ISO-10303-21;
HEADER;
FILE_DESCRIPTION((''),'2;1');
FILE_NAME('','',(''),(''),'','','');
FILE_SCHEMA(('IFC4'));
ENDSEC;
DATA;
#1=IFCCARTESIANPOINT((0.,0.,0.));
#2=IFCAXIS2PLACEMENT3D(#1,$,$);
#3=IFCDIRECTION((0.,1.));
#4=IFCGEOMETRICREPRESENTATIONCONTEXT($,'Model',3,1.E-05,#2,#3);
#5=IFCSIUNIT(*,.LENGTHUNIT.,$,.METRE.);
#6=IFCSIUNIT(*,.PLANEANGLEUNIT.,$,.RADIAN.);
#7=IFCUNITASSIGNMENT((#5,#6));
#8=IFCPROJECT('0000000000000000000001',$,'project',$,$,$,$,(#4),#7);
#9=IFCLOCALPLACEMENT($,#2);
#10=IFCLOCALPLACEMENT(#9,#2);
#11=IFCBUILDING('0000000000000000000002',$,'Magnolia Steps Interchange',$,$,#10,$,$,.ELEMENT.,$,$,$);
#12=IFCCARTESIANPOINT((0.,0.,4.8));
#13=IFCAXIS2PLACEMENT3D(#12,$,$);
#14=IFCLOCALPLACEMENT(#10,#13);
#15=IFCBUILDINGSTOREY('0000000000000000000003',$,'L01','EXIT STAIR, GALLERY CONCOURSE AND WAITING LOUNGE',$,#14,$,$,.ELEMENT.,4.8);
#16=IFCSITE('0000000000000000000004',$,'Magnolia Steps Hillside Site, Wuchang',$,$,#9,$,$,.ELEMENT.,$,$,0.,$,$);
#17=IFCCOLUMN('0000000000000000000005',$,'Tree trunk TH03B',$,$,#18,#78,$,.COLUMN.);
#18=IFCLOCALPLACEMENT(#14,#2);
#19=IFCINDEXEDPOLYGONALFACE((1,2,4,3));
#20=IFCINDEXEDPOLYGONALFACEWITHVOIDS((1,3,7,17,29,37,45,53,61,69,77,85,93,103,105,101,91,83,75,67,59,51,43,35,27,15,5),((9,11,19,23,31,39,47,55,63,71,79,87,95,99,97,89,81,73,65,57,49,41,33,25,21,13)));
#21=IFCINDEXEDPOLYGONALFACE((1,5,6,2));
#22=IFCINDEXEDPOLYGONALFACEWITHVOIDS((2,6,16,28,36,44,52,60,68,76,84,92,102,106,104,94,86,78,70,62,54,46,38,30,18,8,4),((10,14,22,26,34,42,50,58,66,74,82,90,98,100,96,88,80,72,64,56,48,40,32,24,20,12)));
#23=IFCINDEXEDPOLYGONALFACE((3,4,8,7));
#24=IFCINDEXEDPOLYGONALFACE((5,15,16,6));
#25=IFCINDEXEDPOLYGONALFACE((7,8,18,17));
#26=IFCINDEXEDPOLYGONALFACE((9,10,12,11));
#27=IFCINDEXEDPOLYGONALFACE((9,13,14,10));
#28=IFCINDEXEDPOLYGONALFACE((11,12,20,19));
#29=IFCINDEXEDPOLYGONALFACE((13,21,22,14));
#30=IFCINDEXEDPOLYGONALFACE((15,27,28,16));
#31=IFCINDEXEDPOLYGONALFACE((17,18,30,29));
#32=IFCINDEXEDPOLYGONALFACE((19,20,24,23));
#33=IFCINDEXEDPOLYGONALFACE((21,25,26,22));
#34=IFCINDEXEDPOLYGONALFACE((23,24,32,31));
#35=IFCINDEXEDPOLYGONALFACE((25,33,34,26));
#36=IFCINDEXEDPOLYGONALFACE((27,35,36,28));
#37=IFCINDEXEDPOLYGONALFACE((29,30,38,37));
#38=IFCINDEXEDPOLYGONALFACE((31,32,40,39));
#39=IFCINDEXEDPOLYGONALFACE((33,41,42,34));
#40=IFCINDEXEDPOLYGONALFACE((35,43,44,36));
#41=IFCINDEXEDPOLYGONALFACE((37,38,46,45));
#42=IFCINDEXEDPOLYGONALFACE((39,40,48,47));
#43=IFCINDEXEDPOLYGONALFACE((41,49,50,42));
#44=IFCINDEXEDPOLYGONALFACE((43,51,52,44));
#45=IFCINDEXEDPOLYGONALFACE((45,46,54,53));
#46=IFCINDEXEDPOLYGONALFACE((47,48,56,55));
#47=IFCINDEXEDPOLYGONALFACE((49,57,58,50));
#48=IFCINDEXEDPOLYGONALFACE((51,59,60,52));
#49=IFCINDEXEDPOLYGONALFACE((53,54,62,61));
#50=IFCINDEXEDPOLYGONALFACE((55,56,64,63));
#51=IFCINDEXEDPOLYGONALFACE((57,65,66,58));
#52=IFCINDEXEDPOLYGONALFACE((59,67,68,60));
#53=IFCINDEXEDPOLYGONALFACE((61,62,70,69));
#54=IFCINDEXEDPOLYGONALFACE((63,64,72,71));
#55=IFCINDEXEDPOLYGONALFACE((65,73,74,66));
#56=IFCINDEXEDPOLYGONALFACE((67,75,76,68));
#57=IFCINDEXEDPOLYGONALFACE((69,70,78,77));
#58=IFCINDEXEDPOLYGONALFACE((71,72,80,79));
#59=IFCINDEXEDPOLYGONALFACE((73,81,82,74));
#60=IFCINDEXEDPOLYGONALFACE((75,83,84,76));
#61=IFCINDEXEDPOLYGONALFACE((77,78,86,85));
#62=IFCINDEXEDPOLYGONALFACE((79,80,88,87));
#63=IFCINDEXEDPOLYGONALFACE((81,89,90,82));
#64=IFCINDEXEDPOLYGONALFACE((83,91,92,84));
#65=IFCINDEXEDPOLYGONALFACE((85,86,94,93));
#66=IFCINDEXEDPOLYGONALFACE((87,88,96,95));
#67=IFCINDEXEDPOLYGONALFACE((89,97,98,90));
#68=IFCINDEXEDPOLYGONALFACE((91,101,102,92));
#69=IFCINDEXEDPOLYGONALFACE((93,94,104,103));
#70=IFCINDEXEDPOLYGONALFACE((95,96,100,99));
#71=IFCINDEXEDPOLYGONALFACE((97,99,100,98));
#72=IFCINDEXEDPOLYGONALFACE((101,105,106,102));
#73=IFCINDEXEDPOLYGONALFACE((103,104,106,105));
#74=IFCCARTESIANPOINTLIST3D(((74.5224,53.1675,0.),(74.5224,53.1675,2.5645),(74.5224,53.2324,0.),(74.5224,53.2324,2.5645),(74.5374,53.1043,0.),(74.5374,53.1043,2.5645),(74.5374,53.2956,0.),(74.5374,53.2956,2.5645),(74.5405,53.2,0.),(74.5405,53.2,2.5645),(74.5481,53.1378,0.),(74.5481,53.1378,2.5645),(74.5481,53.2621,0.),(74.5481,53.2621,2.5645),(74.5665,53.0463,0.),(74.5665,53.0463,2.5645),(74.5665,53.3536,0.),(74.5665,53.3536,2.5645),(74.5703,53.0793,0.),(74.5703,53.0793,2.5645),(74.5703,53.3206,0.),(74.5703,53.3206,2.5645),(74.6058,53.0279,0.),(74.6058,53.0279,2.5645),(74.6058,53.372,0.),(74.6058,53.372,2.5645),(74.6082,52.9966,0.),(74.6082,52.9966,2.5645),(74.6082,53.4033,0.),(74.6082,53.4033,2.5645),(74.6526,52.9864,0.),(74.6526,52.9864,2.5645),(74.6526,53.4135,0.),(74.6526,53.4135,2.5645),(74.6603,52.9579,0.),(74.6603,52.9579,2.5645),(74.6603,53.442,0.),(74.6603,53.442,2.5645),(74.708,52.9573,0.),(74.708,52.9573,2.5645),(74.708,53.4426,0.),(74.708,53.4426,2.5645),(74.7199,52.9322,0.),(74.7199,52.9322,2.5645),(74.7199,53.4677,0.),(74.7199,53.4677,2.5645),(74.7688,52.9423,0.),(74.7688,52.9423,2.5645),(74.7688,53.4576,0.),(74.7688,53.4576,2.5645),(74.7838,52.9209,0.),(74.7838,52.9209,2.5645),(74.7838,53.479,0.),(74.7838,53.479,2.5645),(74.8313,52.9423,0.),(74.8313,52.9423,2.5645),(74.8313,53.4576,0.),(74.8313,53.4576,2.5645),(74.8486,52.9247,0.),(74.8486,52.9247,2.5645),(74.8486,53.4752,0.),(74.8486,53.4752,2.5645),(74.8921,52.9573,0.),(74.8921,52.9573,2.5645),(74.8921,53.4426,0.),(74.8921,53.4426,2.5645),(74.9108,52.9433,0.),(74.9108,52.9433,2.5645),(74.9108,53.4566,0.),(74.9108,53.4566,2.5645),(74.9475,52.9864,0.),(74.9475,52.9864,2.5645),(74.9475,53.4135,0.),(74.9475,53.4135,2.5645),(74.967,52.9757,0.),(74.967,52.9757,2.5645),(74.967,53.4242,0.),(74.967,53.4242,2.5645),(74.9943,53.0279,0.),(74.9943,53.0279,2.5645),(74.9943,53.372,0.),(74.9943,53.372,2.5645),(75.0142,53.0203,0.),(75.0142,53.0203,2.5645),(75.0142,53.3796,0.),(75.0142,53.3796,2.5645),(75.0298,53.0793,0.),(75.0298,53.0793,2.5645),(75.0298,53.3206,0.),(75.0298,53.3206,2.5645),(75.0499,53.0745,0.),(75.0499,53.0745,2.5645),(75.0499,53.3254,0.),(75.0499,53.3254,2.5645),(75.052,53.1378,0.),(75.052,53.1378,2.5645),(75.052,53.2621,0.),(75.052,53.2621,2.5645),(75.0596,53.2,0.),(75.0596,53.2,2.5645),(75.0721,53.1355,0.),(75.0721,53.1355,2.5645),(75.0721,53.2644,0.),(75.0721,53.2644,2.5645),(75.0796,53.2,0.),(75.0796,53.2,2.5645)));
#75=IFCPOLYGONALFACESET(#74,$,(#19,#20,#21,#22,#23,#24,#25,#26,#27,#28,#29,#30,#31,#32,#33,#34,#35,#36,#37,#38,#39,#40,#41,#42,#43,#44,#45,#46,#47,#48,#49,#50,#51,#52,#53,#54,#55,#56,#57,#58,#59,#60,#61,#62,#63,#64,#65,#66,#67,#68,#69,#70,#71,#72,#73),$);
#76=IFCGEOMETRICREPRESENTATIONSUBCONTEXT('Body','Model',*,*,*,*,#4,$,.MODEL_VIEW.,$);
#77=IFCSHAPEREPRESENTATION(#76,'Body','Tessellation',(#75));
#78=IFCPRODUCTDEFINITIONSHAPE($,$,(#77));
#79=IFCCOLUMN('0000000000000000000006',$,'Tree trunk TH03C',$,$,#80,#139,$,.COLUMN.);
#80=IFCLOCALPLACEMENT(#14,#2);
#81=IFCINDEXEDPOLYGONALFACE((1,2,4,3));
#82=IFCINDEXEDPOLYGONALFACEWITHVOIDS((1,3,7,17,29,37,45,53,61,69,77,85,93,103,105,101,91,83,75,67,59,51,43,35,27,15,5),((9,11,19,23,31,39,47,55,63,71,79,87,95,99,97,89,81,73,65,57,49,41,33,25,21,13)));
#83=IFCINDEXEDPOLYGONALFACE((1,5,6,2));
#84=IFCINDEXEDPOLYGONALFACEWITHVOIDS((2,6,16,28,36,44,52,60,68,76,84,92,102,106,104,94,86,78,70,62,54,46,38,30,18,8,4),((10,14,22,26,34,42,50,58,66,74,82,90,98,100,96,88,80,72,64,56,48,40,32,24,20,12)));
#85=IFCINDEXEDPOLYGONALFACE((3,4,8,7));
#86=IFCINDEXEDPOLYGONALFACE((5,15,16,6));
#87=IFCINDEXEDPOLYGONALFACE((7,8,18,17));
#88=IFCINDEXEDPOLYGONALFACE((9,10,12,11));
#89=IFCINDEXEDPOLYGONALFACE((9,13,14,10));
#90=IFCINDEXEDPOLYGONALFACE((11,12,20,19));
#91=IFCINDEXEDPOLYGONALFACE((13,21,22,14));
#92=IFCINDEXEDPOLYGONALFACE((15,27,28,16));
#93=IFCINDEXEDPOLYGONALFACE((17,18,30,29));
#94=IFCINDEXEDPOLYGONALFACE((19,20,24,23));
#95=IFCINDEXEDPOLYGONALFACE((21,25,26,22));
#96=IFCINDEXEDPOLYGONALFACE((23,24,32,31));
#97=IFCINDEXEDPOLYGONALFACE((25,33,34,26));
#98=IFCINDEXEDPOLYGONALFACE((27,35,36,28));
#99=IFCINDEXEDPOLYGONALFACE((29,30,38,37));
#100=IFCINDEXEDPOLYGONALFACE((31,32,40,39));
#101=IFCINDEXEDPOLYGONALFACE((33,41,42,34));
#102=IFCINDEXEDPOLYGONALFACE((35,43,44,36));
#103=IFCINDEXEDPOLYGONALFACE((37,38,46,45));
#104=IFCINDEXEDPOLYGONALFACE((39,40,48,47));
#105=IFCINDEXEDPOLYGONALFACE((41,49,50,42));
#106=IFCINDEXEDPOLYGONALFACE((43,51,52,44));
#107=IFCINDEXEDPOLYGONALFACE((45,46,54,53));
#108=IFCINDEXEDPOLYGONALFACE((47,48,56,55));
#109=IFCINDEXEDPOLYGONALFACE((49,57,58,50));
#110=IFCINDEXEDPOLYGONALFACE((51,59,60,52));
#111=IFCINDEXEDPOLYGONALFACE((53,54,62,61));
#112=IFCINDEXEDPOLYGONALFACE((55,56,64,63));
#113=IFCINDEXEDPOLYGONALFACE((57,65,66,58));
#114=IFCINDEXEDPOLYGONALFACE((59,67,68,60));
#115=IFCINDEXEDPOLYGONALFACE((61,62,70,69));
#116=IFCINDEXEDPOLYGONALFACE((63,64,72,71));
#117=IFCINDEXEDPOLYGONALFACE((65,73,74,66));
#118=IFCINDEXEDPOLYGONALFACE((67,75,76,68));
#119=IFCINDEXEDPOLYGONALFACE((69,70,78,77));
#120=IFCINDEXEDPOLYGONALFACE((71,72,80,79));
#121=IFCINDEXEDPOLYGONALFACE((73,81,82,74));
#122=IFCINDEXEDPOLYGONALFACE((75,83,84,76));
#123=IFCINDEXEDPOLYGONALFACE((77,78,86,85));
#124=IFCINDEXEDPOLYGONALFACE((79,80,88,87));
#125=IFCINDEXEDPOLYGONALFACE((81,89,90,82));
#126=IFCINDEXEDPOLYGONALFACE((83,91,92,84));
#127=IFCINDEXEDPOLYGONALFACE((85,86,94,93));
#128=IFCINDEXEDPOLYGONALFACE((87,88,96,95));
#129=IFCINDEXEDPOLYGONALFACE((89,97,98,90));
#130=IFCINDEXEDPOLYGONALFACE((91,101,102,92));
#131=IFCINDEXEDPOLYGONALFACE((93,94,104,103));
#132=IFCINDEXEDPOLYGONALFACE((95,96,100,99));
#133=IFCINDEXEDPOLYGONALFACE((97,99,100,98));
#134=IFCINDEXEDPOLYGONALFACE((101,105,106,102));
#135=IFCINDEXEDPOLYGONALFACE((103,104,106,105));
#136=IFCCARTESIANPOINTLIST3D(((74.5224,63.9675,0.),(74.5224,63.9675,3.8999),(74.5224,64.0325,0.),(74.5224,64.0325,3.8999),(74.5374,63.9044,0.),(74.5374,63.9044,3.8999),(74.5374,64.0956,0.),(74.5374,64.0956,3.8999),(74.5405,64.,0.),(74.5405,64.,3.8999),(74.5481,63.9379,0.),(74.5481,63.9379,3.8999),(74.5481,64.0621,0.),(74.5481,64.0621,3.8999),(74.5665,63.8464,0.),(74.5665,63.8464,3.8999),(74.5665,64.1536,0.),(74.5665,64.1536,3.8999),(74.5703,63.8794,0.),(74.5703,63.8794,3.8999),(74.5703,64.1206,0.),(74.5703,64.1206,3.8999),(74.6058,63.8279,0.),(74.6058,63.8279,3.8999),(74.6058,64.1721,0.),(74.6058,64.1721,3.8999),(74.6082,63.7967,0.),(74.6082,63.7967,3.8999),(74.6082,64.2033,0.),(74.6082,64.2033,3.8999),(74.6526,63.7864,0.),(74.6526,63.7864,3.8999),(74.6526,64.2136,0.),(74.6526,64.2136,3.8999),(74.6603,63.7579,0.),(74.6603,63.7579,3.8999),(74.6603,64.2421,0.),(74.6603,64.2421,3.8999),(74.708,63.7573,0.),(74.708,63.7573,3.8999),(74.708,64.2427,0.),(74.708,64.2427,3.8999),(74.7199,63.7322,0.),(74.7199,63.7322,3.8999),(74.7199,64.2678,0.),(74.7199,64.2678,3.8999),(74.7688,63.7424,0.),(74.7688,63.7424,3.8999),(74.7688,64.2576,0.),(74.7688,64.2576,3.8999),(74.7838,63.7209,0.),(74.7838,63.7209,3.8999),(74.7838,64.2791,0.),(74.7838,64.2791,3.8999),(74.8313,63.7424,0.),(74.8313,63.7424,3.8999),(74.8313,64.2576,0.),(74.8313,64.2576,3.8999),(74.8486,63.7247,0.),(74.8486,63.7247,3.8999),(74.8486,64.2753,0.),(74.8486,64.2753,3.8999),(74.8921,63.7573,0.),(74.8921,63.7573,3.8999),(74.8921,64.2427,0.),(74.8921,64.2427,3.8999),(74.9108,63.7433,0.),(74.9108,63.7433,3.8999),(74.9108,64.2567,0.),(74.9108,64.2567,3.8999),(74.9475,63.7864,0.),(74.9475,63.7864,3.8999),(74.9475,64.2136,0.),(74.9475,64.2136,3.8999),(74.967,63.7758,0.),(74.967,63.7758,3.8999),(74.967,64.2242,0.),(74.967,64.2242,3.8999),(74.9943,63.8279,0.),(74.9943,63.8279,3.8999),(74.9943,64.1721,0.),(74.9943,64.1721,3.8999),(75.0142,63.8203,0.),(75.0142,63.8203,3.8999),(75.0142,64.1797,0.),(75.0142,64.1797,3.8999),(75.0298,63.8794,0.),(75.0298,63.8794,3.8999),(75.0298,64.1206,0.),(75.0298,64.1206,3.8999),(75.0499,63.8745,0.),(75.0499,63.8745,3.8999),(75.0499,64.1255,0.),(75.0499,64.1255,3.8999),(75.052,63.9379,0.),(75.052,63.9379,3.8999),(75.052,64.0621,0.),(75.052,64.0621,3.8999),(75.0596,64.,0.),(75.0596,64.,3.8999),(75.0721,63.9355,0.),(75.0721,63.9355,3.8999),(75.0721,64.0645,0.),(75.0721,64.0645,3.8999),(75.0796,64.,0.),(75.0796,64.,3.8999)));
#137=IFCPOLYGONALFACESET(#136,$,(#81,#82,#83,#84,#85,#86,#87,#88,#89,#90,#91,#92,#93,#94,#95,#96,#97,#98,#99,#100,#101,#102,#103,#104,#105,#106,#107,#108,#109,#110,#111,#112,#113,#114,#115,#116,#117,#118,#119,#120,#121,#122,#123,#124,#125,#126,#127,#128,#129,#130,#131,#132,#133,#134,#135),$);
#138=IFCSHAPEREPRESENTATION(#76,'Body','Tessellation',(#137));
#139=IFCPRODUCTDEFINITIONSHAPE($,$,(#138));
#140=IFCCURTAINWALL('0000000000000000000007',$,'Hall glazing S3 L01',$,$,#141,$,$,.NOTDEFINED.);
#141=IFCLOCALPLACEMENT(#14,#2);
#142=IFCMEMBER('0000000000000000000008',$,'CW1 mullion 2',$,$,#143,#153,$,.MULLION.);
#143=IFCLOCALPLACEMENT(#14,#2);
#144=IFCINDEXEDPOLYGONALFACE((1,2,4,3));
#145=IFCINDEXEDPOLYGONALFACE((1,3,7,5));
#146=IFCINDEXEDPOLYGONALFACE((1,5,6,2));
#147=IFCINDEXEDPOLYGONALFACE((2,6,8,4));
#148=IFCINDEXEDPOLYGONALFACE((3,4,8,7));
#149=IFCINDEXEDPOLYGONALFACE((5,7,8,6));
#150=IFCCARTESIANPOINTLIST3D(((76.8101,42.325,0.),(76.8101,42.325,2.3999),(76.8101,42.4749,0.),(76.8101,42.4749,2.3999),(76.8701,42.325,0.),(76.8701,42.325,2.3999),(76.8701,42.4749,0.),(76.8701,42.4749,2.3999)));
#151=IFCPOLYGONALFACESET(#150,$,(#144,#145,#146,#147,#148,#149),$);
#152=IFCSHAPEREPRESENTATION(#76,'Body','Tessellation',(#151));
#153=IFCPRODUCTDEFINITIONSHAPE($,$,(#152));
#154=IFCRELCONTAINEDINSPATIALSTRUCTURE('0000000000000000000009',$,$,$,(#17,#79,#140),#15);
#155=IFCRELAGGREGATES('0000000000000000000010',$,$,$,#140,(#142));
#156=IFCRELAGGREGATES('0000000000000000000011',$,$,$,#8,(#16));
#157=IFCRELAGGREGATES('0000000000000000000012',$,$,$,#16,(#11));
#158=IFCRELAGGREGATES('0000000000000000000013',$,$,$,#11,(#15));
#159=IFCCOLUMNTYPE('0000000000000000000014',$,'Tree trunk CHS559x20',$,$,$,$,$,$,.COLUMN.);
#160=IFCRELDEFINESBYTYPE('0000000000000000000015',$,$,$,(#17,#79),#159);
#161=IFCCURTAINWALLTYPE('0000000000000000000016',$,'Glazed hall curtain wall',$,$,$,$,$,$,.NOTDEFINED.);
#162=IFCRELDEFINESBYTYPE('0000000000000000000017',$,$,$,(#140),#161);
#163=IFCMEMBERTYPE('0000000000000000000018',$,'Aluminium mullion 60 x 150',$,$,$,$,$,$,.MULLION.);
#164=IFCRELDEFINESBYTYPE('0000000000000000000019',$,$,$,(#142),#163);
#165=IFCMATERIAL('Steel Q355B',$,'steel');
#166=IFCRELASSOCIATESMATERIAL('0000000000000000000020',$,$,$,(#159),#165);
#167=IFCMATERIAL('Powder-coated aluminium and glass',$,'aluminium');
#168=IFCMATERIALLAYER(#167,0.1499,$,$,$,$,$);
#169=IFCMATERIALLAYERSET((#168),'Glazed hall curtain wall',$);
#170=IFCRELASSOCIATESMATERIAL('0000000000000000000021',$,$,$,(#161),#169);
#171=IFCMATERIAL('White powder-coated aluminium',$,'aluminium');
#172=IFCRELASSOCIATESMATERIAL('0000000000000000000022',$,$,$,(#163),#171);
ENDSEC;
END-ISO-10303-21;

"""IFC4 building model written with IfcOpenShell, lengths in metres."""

from ifc_helpers import new_model, si_unit, direction, frame, origin, origin_2d, place, context, subcontext, project, spatial, rectangle, hollow_circle, extrude, material, layer, layer_set, material_profile, profile_set, type_object, element, aggregate, save


model = new_model("IFC4")

# Units and contexts
model_context = context("Model", 3, precision=1e-05, world=origin(), true_north=direction((0.0, 1.0)))
body_context = subcontext(model_context, "Body", "Model", "MODEL_VIEW")
ifc_project = project(units=[si_unit("LENGTHUNIT", "METRE"), si_unit("PLANEANGLEUNIT", "RADIAN")], contexts=[model_context])

# Site, building, storey
site_placement = place(None, origin())
site = spatial("IfcSite", under=ifc_project, at=site_placement, Name="Magnolia Steps Hillside Site, Wuchang", CompositionType="ELEMENT", RefElevation=0.0)
building_placement = place(site_placement, origin())
building = spatial("IfcBuilding", under=site, at=building_placement, Name="Magnolia Steps Interchange", CompositionType="ELEMENT")
storey_placement = place(building_placement, frame((0.0, 0.0, 4.8)))
storey = spatial("IfcBuildingStorey", under=building, at=storey_placement, Name="L01", Description="EXIT STAIR, GALLERY CONCOURSE AND WAITING LOUNGE", CompositionType="ELEMENT", Elevation=4.8)

# Columns
ifc_material_1 = material(Name="Steel Q355B", Category="steel")
ifc_material_profile_1 = material_profile(ifc_material_1, hollow_circle(Radius=0.2795, WallThickness=0.02, at=origin_2d()), Name="CHS559x20")
ifc_profile_set_1 = profile_set([ifc_material_profile_1], Name="Steel Q355B")
column_type = type_object("IfcColumnType", Name="Tree trunk CHS559x20", PredefinedType="COLUMN", material=ifc_profile_set_1)
column_1_placement = place(storey_placement, frame((74.8, 53.2, 0.0), z_axis=(0.0, 0.0, 1.0), x_axis=(1.0, 0.0, 0.0)))
element("IfcColumn", 1, at=column_1_placement, inside=storey, type_object=column_type, Name="Tree trunk TH03B", PredefinedType="COLUMN", context=body_context, shape_type="SweptSolid", body=[
    extrude(hollow_circle(Radius=0.2795, WallThickness=0.02, at=origin_2d()), origin(), (0.0, 0.0, 1.0), 2.5645),
])
column_2_placement = place(storey_placement, frame((74.8, 64.0, 0.0), z_axis=(0.0, 0.0, 1.0), x_axis=(1.0, 0.0, 0.0)))
element("IfcColumn", 2, at=column_2_placement, inside=storey, type_object=column_type, Name="Tree trunk TH03C", PredefinedType="COLUMN", context=body_context, shape_type="SweptSolid", body=[
    extrude(hollow_circle(Radius=0.2795, WallThickness=0.02, at=origin_2d()), origin(), (0.0, 0.0, 1.0), 3.8999),
])

# Curtain wall, member
ifc_material_2 = material(Name="Powder-coated aluminium and glass", Category="aluminium")
ifc_layer_1 = layer(ifc_material_2, 0.1499)
ifc_layer_set_1 = layer_set([ifc_layer_1], Name="Glazed hall curtain wall")
curtain_wall_type_1 = type_object("IfcCurtainWallType", Name="Glazed hall curtain wall", PredefinedType="NOTDEFINED", material=ifc_layer_set_1)
curtain_wall_1_placement = place(storey_placement, origin())
curtain_wall_1 = element("IfcCurtainWall", 3, at=curtain_wall_1_placement, inside=storey, type_object=curtain_wall_type_1, Name="Hall glazing S3 L01", PredefinedType="NOTDEFINED")
ifc_material_3 = material(Name="White powder-coated aluminium", Category="aluminium")
ifc_material_profile_2 = material_profile(ifc_material_3, rectangle(XDim=0.0601, YDim=0.1499, at=origin_2d()), Name="Aluminium mullion 60 x 150")
ifc_profile_set_2 = profile_set([ifc_material_profile_2], Name="White powder-coated aluminium")
member_type_1 = type_object("IfcMemberType", Name="Aluminium mullion 60 x 150", PredefinedType="MULLION", material=ifc_profile_set_2)
member_1_placement = place(storey_placement, frame((76.8401, 42.3999, 0.0), z_axis=(0.0, 0.0, 1.0), x_axis=(1.0, 0.0, 0.0)))
member_1 = element("IfcMember", 4, at=member_1_placement, type_object=member_type_1, Name="CW1 mullion 2", PredefinedType="MULLION", context=body_context, shape_type="SweptSolid", body=[
    extrude(rectangle(XDim=0.0601, YDim=0.1499, at=origin_2d()), origin(), (0.0, 0.0, 1.0), 2.3999),
])

aggregate(curtain_wall_1, [member_1])

save(model, "model.ifc")
